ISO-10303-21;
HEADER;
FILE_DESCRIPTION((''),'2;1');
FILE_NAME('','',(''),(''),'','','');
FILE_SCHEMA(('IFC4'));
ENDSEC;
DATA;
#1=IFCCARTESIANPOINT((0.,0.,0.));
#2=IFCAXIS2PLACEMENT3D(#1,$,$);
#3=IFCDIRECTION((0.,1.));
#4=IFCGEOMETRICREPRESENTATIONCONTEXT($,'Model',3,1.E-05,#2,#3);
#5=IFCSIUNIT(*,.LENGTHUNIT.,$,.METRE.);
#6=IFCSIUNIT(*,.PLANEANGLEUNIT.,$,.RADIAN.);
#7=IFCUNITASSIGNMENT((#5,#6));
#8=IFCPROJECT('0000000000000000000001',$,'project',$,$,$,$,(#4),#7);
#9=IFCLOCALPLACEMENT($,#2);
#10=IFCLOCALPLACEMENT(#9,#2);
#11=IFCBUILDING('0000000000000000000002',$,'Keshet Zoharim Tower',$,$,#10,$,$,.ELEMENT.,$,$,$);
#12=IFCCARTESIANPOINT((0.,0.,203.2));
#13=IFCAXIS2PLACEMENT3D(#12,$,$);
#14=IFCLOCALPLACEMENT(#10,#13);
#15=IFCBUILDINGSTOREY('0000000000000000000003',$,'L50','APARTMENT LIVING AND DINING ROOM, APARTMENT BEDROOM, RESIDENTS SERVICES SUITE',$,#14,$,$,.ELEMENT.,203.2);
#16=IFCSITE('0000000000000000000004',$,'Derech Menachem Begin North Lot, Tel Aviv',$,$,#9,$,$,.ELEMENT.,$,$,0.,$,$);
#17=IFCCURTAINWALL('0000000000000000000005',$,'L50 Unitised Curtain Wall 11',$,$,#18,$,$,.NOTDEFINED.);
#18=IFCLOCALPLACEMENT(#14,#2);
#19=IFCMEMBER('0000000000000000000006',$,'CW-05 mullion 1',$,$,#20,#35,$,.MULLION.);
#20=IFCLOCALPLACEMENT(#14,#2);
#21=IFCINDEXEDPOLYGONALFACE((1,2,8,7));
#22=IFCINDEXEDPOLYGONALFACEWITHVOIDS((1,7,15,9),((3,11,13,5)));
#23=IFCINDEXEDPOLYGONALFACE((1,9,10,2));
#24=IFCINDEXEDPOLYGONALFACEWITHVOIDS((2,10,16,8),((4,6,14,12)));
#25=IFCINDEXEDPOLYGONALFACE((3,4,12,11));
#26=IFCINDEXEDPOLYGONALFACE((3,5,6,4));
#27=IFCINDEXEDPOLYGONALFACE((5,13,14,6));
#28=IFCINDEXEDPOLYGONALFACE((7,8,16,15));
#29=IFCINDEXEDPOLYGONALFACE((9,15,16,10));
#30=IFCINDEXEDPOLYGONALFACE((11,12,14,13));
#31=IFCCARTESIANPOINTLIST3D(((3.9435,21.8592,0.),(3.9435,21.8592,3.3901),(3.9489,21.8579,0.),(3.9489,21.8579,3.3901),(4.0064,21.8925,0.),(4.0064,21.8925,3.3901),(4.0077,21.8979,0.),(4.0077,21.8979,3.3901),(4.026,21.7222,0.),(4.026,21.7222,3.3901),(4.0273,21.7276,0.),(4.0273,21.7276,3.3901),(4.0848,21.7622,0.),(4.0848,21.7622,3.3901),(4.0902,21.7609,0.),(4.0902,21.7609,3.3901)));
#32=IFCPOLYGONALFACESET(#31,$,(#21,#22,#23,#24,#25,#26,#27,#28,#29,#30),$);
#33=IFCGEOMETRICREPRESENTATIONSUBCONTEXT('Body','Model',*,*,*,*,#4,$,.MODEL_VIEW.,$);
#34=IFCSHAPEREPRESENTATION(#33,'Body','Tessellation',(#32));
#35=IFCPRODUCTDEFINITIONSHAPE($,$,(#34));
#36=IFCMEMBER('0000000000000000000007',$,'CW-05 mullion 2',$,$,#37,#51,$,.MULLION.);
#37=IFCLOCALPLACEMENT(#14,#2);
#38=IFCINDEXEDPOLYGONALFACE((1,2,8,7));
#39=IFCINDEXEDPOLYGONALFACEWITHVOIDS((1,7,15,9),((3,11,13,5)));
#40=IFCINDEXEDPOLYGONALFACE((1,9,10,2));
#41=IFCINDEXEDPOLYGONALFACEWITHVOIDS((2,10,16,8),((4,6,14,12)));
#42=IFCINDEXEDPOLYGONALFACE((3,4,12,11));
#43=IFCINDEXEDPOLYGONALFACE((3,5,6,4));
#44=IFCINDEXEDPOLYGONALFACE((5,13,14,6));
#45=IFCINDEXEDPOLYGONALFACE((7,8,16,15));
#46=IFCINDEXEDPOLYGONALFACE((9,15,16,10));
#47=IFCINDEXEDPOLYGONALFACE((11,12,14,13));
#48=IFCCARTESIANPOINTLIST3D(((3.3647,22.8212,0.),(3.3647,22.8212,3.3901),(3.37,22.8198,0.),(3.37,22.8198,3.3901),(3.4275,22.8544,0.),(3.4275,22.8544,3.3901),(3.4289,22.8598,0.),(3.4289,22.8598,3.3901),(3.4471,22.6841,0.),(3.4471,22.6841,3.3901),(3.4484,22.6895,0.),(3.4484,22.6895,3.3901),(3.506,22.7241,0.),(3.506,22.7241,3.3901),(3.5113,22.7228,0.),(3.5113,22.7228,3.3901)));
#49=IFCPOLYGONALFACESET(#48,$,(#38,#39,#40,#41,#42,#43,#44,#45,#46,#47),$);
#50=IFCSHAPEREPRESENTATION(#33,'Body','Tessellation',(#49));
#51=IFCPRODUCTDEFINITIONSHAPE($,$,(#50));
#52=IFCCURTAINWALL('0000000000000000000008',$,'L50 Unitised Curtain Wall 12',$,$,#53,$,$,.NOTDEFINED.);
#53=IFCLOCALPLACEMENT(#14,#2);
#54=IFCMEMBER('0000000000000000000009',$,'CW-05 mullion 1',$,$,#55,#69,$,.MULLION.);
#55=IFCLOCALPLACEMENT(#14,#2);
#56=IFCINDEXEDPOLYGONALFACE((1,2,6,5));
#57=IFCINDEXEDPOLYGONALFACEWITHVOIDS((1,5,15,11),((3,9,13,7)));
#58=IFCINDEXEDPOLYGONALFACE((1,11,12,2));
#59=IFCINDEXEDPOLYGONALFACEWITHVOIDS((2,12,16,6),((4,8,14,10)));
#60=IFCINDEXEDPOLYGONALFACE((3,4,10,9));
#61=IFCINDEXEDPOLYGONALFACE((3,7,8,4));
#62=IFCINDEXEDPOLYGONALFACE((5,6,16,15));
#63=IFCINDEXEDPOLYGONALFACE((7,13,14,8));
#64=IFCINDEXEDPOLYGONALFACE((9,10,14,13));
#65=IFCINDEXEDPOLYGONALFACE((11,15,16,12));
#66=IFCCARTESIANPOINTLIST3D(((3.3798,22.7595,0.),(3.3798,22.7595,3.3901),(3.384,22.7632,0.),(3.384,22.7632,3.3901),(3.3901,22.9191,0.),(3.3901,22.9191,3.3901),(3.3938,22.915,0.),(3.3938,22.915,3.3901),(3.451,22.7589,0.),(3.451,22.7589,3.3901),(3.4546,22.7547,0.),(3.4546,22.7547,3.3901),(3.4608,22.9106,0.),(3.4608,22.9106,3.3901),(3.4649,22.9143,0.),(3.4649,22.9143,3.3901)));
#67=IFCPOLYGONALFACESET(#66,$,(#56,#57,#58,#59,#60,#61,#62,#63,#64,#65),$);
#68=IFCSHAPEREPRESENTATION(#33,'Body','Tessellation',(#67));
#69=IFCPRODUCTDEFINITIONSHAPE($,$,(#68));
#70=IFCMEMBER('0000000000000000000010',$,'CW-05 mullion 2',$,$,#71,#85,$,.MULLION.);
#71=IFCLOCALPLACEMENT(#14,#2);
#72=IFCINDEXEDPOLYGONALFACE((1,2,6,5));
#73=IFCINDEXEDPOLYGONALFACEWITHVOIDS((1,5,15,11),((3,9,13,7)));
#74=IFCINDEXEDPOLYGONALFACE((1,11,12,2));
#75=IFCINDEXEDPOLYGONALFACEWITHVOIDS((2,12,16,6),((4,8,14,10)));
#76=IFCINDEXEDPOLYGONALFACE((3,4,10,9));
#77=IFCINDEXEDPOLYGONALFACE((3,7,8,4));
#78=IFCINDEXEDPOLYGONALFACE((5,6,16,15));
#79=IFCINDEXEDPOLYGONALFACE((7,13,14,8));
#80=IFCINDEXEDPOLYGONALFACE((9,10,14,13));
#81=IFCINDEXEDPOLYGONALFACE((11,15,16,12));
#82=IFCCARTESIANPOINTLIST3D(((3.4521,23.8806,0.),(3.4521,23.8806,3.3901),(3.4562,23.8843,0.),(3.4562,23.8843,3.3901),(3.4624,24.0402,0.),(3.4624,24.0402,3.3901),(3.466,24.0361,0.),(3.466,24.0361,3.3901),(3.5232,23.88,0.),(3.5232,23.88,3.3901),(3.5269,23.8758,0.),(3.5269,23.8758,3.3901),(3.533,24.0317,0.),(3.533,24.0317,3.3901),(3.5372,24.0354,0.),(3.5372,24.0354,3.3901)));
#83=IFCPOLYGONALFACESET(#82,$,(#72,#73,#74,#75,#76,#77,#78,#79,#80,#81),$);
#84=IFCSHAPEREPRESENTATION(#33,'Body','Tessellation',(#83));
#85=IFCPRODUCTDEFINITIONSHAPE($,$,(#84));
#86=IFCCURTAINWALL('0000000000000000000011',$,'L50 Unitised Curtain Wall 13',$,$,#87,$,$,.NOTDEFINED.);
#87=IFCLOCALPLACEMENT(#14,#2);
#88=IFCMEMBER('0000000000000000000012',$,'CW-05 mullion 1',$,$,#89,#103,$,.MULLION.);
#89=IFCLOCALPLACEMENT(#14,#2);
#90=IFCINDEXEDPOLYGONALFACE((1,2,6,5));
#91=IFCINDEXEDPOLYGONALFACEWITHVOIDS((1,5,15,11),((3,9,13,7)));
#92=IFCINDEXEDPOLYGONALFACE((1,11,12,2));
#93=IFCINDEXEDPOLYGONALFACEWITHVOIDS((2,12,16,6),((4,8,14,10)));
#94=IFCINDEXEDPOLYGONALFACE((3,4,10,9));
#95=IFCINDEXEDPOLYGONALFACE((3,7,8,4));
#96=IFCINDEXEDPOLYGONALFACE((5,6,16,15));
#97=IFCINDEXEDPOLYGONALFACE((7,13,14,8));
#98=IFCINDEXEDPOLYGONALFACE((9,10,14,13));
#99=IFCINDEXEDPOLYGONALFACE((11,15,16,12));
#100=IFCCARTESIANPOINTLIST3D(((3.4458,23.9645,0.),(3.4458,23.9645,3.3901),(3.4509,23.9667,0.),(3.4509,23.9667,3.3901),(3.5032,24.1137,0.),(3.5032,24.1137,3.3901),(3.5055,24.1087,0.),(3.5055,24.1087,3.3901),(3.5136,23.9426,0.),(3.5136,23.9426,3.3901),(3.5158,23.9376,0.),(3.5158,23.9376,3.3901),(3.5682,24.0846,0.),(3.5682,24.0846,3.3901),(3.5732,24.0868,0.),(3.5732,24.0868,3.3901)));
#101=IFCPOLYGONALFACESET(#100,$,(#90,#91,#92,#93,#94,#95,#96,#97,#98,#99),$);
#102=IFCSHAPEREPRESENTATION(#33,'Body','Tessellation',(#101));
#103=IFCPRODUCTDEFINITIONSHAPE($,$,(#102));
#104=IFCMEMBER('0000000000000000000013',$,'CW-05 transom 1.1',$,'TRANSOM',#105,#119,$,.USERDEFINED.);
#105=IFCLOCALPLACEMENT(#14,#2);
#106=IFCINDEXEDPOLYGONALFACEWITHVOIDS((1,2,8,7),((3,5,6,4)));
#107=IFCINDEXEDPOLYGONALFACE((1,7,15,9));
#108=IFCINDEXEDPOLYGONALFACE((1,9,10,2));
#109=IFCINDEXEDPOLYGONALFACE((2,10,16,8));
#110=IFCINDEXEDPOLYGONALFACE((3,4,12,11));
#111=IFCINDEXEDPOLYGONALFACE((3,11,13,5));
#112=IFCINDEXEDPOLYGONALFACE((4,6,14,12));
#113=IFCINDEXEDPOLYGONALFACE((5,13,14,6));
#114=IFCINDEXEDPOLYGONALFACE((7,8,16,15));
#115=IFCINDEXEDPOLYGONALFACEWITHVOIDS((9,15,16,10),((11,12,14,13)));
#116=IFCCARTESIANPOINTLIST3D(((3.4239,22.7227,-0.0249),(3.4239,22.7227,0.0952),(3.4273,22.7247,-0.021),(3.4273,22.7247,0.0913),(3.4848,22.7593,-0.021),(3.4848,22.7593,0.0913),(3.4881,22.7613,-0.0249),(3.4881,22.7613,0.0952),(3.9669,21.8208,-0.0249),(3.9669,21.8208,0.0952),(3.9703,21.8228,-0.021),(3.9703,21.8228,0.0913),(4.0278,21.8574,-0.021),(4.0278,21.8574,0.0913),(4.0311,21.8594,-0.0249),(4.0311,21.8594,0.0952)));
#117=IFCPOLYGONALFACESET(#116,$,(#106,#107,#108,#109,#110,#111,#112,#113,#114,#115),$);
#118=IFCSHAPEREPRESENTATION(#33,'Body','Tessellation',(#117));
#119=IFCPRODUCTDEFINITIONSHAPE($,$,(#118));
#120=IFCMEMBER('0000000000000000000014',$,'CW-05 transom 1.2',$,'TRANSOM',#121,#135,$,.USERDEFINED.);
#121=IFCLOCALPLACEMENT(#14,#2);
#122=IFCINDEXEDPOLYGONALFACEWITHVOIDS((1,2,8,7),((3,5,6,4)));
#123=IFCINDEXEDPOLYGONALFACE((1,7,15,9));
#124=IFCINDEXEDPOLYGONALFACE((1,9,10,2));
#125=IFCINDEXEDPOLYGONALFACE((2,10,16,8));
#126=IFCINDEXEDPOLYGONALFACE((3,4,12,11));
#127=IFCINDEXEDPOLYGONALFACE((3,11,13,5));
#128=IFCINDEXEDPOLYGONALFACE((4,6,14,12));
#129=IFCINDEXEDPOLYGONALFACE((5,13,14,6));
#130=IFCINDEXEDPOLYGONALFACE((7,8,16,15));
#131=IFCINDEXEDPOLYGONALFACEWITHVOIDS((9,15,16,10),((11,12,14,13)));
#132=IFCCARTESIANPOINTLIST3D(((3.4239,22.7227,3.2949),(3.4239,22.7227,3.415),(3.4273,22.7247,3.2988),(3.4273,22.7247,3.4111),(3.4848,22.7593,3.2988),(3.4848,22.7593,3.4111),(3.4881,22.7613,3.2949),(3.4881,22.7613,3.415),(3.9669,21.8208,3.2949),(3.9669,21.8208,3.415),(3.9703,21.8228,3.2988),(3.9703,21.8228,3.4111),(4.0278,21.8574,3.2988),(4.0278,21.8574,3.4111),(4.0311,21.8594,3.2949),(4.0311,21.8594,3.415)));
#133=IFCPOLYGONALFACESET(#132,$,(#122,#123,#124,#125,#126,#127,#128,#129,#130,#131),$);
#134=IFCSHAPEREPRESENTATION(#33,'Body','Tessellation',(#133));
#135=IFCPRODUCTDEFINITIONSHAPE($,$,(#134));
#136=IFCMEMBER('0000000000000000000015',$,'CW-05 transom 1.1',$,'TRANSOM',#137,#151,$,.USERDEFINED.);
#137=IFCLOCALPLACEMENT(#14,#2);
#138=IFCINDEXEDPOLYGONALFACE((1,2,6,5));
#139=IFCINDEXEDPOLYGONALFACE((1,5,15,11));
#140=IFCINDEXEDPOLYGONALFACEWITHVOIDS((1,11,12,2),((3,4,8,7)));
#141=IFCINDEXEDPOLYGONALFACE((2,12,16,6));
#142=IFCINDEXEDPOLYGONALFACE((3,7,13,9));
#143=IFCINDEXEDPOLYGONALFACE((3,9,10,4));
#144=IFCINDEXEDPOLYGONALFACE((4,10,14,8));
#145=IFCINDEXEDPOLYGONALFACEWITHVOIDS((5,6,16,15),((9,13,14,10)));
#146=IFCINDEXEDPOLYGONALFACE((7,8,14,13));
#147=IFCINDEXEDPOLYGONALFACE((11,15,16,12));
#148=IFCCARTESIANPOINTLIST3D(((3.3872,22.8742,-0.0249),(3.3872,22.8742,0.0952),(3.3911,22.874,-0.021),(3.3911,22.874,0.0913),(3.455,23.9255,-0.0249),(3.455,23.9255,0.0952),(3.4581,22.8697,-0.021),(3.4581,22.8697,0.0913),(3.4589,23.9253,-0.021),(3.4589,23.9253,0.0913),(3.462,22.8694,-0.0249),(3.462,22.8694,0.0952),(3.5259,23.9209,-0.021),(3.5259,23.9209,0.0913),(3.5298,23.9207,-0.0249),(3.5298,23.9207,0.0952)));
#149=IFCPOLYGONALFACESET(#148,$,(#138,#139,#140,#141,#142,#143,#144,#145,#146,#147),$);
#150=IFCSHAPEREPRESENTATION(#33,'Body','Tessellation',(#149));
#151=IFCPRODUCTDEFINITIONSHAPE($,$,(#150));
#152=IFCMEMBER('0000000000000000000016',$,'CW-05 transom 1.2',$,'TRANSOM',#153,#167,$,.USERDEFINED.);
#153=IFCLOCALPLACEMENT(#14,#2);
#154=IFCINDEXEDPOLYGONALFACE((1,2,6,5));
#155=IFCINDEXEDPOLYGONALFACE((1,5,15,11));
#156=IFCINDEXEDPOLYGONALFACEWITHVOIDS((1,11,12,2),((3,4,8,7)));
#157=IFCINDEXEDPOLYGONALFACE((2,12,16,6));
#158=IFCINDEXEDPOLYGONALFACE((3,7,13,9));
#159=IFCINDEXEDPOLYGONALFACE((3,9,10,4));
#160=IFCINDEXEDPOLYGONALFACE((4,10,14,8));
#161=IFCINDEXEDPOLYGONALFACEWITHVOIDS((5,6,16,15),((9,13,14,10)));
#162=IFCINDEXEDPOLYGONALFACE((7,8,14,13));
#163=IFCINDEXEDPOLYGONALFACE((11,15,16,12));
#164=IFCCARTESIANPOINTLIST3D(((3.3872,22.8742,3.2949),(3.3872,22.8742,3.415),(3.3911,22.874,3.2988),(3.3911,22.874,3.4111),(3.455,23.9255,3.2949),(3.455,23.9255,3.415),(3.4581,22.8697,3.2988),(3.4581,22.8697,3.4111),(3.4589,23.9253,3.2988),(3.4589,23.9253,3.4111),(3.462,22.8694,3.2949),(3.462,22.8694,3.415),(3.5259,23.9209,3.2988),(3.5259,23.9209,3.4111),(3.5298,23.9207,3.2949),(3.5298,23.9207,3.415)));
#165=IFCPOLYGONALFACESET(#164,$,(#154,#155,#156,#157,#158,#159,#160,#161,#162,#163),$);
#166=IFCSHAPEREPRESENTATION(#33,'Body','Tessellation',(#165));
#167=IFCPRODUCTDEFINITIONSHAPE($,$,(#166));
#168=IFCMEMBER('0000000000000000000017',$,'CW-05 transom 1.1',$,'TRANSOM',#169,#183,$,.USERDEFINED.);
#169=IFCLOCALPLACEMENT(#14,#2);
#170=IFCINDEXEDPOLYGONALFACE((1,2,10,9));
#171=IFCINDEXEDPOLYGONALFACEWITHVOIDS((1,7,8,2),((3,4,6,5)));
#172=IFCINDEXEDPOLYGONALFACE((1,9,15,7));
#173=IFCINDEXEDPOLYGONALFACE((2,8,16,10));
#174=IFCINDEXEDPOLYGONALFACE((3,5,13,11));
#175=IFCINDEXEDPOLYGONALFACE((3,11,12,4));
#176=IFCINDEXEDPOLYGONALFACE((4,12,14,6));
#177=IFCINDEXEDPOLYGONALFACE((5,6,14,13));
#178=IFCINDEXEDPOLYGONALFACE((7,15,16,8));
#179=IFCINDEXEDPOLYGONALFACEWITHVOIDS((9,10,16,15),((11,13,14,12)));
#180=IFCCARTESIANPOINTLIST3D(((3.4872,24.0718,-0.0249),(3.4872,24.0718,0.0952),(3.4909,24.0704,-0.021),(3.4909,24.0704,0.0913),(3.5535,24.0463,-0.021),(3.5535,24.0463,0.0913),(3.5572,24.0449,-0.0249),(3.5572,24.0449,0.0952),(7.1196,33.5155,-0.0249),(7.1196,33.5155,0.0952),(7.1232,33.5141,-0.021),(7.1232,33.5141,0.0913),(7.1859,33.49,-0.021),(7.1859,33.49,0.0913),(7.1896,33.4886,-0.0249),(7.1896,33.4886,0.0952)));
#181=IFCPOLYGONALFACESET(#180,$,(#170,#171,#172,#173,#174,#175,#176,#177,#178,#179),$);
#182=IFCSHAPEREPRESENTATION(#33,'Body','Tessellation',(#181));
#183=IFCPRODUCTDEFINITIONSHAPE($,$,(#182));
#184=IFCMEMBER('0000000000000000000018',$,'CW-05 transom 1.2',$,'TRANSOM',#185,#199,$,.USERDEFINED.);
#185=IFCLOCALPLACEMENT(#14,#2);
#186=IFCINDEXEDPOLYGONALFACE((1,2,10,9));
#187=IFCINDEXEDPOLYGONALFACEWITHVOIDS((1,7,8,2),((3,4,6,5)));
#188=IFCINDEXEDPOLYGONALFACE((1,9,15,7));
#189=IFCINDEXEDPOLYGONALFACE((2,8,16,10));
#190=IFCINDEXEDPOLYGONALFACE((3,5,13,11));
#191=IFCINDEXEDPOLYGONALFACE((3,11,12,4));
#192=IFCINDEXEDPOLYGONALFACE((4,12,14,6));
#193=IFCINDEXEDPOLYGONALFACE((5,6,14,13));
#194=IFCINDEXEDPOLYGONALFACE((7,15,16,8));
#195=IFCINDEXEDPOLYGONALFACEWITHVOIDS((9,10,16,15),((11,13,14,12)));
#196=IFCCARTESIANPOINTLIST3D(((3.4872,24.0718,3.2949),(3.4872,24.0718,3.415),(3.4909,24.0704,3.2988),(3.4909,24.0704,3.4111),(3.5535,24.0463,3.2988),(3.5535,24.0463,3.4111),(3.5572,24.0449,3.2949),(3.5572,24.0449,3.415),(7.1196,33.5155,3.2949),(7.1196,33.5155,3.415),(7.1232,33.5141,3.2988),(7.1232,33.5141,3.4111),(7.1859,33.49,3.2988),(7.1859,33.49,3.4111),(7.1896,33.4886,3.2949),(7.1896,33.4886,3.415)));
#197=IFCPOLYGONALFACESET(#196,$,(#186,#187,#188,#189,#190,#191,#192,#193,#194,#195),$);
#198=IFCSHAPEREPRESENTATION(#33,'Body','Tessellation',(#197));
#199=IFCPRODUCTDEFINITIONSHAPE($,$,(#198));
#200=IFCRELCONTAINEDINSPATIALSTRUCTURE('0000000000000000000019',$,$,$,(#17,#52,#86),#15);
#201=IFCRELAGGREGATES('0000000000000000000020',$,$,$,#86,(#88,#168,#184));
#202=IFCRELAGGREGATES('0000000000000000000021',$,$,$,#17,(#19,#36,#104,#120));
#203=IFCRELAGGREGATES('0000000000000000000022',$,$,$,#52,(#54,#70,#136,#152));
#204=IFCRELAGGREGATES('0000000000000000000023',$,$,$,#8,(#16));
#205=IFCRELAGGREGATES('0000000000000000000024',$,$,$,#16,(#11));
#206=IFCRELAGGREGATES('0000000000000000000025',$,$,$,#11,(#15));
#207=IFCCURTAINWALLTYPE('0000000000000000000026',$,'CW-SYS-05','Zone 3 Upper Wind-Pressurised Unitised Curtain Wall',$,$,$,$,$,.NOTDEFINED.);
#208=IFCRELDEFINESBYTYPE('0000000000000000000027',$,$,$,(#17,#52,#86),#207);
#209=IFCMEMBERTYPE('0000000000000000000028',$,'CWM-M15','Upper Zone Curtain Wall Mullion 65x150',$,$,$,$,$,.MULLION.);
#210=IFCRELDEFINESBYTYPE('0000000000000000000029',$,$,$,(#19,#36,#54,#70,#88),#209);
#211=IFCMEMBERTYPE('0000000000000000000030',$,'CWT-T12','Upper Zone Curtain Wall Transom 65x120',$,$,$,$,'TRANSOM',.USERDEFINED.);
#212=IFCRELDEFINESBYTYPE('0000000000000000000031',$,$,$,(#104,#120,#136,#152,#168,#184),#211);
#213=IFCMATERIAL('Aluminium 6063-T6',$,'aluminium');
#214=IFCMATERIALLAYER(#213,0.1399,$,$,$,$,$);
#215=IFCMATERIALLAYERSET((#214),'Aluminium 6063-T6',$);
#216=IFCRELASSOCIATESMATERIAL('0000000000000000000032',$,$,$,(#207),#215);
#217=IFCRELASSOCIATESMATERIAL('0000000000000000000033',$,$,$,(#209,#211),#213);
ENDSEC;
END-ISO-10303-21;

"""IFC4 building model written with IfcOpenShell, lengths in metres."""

from ifc_helpers import new_model, si_unit, direction, frame, origin, origin_2d, place, context, subcontext, project, spatial, hollow_rectangle, extrude, material, layer, layer_set, material_profile, profile_set, type_object, element, aggregate, save


model = new_model("IFC4")

# Units and contexts
model_context = context("Model", 3, precision=1e-05, world=origin(), true_north=direction((0.0, 1.0)))
body_context = subcontext(model_context, "Body", "Model", "MODEL_VIEW")
ifc_project = project(units=[si_unit("LENGTHUNIT", "METRE"), si_unit("PLANEANGLEUNIT", "RADIAN")], contexts=[model_context])

# Site, building, storey
site_placement = place(None, origin())
site = spatial("IfcSite", under=ifc_project, at=site_placement, Name="Derech Menachem Begin North Lot, Tel Aviv", CompositionType="ELEMENT", RefElevation=0.0)
building_placement = place(site_placement, origin())
building = spatial("IfcBuilding", under=site, at=building_placement, Name="Keshet Zoharim Tower", CompositionType="ELEMENT")
storey_placement = place(building_placement, frame((0.0, 0.0, 203.2)))
storey = spatial("IfcBuildingStorey", under=building, at=storey_placement, Name="L50", Description="APARTMENT LIVING AND DINING ROOM, APARTMENT BEDROOM, RESIDENTS SERVICES SUITE", CompositionType="ELEMENT", Elevation=203.2)

# Curtain walls, members
ifc_material_1 = material(Name="Aluminium 6063-T6", Category="aluminium")
ifc_layer_1 = layer(ifc_material_1, 0.1399)
ifc_layer_set_1 = layer_set([ifc_layer_1], Name="Aluminium 6063-T6")
curtain_wall_type = type_object("IfcCurtainWallType", Name="CW-SYS-05", Description="Zone 3 Upper Wind-Pressurised Unitised Curtain Wall", PredefinedType="NOTDEFINED", material=ifc_layer_set_1)
curtain_wall_1_placement = place(storey_placement, origin())
curtain_wall_1 = element("IfcCurtainWall", 1, at=curtain_wall_1_placement, inside=storey, type_object=curtain_wall_type, Name="L50 Unitised Curtain Wall 11", PredefinedType="NOTDEFINED")
ifc_material_profile_1 = material_profile(ifc_material_1, hollow_rectangle(XDim=0.075, YDim=0.1599, WallThickness=0.0039, at=origin_2d()), Name="MUL-75x160")
ifc_profile_set_1 = profile_set([ifc_material_profile_1], Name="Aluminium 6063-T6")
member_type_1 = type_object("IfcMemberType", Name="CWM-M15", Description="Upper Zone Curtain Wall Mullion 65x150", PredefinedType="MULLION", material=ifc_profile_set_1)
member_1_placement = place(storey_placement, frame((4.0168, 21.8101, 0.0), z_axis=(0.0, 0.0, 1.0), x_axis=(-0.856826, -0.515605, 0.0)))
member_1 = element("IfcMember", 2, at=member_1_placement, type_object=member_type_1, Name="CW-05 mullion 1", PredefinedType="MULLION", context=body_context, shape_type="SweptSolid", body=[
    extrude(hollow_rectangle(XDim=0.075, YDim=0.1599, WallThickness=0.0039, at=origin_2d()), origin(), (0.0, 0.0, 1.0), 3.3901),
])
member_2_placement = place(storey_placement, frame((3.438, 22.772, 0.0), z_axis=(0.0, 0.0, 1.0), x_axis=(-0.856826, -0.515605, 0.0)))
member_2 = element("IfcMember", 3, at=member_2_placement, type_object=member_type_1, Name="CW-05 mullion 2", PredefinedType="MULLION", context=body_context, shape_type="SweptSolid", body=[
    extrude(hollow_rectangle(XDim=0.075, YDim=0.1599, WallThickness=0.0039, at=origin_2d()), origin(), (0.0, 0.0, 1.0), 3.3901),
])
curtain_wall_2_placement = place(storey_placement, origin())
curtain_wall_2 = element("IfcCurtainWall", 4, at=curtain_wall_2_placement, inside=storey, type_object=curtain_wall_type, Name="L50 Unitised Curtain Wall 12", PredefinedType="NOTDEFINED")
member_3_placement = place(storey_placement, frame((3.4224, 22.8369, 0.0), z_axis=(0.0, 0.0, 1.0), x_axis=(-0.997917, 0.064517, 0.0)))
member_3 = element("IfcMember", 5, at=member_3_placement, type_object=member_type_1, Name="CW-05 mullion 1", PredefinedType="MULLION", context=body_context, shape_type="SweptSolid", body=[
    extrude(hollow_rectangle(XDim=0.075, YDim=0.1599, WallThickness=0.0039, at=origin_2d()), origin(), (0.0, 0.0, 1.0), 3.3901),
])
member_4_placement = place(storey_placement, frame((3.4946, 23.958, 0.0), z_axis=(0.0, 0.0, 1.0), x_axis=(-0.997917, 0.064517, 0.0)))
member_4 = element("IfcMember", 6, at=member_4_placement, type_object=member_type_1, Name="CW-05 mullion 2", PredefinedType="MULLION", context=body_context, shape_type="SweptSolid", body=[
    extrude(hollow_rectangle(XDim=0.075, YDim=0.1599, WallThickness=0.0039, at=origin_2d()), origin(), (0.0, 0.0, 1.0), 3.3901),
])

# Curtain wall, member
curtain_wall_3_placement = place(storey_placement, origin())
curtain_wall_3 = element("IfcCurtainWall", 7, at=curtain_wall_3_placement, inside=storey, type_object=curtain_wall_type, Name="L50 Unitised Curtain Wall 13", PredefinedType="NOTDEFINED")
member_5_placement = place(storey_placement, frame((3.5095, 24.0256, 0.0), z_axis=(0.0, 0.0, 1.0), x_axis=(-0.933341, 0.35899, 0.0)))
member_5 = element("IfcMember", 8, at=member_5_placement, type_object=member_type_1, Name="CW-05 mullion 1", PredefinedType="MULLION", context=body_context, shape_type="SweptSolid", body=[
    extrude(hollow_rectangle(XDim=0.075, YDim=0.1599, WallThickness=0.0039, at=origin_2d()), origin(), (0.0, 0.0, 1.0), 3.3901),
])

# Members
ifc_material_profile_2 = material_profile(ifc_material_1, hollow_rectangle(XDim=0.075, YDim=0.1201, WallThickness=0.0039, at=origin_2d()), Name="TRN-75x120")
ifc_profile_set_2 = profile_set([ifc_material_profile_2], Name="Aluminium 6063-T6")
member_type_2 = type_object("IfcMemberType", Name="CWT-T12", Description="Upper Zone Curtain Wall Transom 65x120", ElementType="TRANSOM", PredefinedType="USERDEFINED", material=ifc_profile_set_2)
member_6_placement = place(storey_placement, frame((3.999, 21.8401, 0.0352), z_axis=(-0.515791, 0.856714, 0.0), x_axis=(-0.856714, -0.515791, 0.0)))
member_6 = element("IfcMember", 9, at=member_6_placement, type_object=member_type_2, Name="CW-05 transom 1.1", ObjectType="TRANSOM", PredefinedType="USERDEFINED", context=body_context, shape_type="SweptSolid", body=[
    extrude(hollow_rectangle(XDim=0.075, YDim=0.1201, WallThickness=0.0039, at=origin_2d()), origin(), (0.0, 0.0, 1.0), 1.0527),
])
member_7_placement = place(storey_placement, frame((3.999, 21.8401, 3.355), z_axis=(-0.515791, 0.856714, 0.0), x_axis=(-0.856714, -0.515791, 0.0)))
member_7 = element("IfcMember", 10, at=member_7_placement, type_object=member_type_2, Name="CW-05 transom 1.2", ObjectType="TRANSOM", PredefinedType="USERDEFINED", context=body_context, shape_type="SweptSolid", body=[
    extrude(hollow_rectangle(XDim=0.075, YDim=0.1201, WallThickness=0.0039, at=origin_2d()), origin(), (0.0, 0.0, 1.0), 1.0527),
])
member_8_placement = place(storey_placement, frame((3.4246, 22.8718, 0.0352), z_axis=(0.064427, 0.997922, 0.0), x_axis=(-0.997922, 0.064427, 0.0)))
member_8 = element("IfcMember", 11, at=member_8_placement, type_object=member_type_2, Name="CW-05 transom 1.1", ObjectType="TRANSOM", PredefinedType="USERDEFINED", context=body_context, shape_type="SweptSolid", body=[
    extrude(hollow_rectangle(XDim=0.075, YDim=0.1201, WallThickness=0.0039, at=origin_2d()), origin(), (0.0, 0.0, 1.0), 1.0535),
])
member_9_placement = place(storey_placement, frame((3.4246, 22.8718, 3.355), z_axis=(0.064427, 0.997922, 0.0), x_axis=(-0.997922, 0.064427, 0.0)))
member_9 = element("IfcMember", 12, at=member_9_placement, type_object=member_type_2, Name="CW-05 transom 1.2", ObjectType="TRANSOM", PredefinedType="USERDEFINED", context=body_context, shape_type="SweptSolid", body=[
    extrude(hollow_rectangle(XDim=0.075, YDim=0.1201, WallThickness=0.0039, at=origin_2d()), origin(), (0.0, 0.0, 1.0), 1.0535),
])
member_10_placement = place(storey_placement, frame((3.5222, 24.0583, 0.0352), z_axis=(0.358994, 0.93334, 0.0), x_axis=(-0.93334, 0.358994, 0.0)))
member_10 = element("IfcMember", 13, at=member_10_placement, type_object=member_type_2, Name="CW-05 transom 1.1", ObjectType="TRANSOM", PredefinedType="USERDEFINED", context=body_context, shape_type="SweptSolid", body=[
    extrude(hollow_rectangle(XDim=0.075, YDim=0.1201, WallThickness=0.0039, at=origin_2d()), origin(), (0.0, 0.0, 1.0), 10.1182),
])
member_11_placement = place(storey_placement, frame((3.5222, 24.0583, 3.355), z_axis=(0.358994, 0.93334, 0.0), x_axis=(-0.93334, 0.358994, 0.0)))
member_11 = element("IfcMember", 14, at=member_11_placement, type_object=member_type_2, Name="CW-05 transom 1.2", ObjectType="TRANSOM", PredefinedType="USERDEFINED", context=body_context, shape_type="SweptSolid", body=[
    extrude(hollow_rectangle(XDim=0.075, YDim=0.1201, WallThickness=0.0039, at=origin_2d()), origin(), (0.0, 0.0, 1.0), 10.1182),
])
aggregate(curtain_wall_3, [member_5, member_10, member_11])

aggregate(curtain_wall_1, [member_1, member_2, member_6, member_7])
aggregate(curtain_wall_2, [member_3, member_4, member_8, member_9])

save(model, "model.ifc")
